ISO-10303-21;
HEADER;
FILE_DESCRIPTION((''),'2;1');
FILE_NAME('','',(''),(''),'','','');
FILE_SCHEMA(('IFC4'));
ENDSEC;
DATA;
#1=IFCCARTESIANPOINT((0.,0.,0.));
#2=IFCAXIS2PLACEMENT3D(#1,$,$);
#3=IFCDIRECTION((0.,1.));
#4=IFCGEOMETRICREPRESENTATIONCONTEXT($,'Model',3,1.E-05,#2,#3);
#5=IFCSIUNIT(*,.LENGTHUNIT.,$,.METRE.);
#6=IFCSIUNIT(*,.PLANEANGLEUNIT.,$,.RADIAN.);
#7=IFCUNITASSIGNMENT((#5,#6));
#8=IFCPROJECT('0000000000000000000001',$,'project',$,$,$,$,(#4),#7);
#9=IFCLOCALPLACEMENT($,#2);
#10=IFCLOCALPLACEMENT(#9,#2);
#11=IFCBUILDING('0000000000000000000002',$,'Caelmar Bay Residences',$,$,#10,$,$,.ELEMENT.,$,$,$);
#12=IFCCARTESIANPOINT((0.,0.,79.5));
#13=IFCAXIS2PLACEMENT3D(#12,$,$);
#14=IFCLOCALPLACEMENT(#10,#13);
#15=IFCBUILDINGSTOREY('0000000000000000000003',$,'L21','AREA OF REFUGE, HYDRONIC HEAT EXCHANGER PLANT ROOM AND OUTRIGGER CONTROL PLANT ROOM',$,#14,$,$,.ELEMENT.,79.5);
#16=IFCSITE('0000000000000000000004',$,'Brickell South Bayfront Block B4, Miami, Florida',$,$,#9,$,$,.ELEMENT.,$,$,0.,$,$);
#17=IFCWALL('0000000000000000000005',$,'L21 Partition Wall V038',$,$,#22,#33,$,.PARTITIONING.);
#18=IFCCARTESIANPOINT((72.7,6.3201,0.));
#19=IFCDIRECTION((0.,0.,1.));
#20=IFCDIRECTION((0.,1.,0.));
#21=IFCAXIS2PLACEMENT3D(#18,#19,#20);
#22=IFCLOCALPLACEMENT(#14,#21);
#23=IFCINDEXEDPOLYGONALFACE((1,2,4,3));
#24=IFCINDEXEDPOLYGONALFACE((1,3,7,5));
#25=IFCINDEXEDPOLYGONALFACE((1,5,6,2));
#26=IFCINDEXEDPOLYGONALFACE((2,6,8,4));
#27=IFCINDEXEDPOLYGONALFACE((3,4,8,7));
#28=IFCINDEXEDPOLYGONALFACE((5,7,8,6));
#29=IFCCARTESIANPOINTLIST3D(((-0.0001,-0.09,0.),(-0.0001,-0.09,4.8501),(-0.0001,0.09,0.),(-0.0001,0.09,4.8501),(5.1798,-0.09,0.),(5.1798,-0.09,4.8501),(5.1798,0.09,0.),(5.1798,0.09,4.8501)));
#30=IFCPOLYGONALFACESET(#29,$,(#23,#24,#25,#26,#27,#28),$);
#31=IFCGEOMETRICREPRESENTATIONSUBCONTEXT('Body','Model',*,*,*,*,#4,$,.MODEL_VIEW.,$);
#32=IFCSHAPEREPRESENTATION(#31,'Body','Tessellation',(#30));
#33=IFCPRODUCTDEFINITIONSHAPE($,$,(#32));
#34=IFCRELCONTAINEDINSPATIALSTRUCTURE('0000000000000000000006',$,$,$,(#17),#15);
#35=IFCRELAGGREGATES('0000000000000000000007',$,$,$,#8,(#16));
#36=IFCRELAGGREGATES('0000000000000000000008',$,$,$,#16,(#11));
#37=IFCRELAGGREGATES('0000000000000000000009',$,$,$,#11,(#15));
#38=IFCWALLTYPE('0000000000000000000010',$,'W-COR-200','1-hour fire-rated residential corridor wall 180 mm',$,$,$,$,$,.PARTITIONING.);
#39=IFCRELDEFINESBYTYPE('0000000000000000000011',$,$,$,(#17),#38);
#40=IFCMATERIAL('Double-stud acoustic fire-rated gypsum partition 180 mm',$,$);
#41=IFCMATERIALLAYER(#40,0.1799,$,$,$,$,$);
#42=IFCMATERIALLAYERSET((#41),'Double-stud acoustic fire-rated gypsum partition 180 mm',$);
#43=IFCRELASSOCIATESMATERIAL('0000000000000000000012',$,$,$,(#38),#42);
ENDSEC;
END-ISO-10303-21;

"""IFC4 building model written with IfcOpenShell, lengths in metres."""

from ifc_helpers import new_model, si_unit, direction, frame, frame_2d, origin, place, context, subcontext, project, spatial, rectangle, extrude, material, layer, layer_set, type_object, element, save


model = new_model("IFC4")

# Units and contexts
model_context = context("Model", 3, precision=1e-05, world=origin(), true_north=direction((0.0, 1.0)))
body_context = subcontext(model_context, "Body", "Model", "MODEL_VIEW")
ifc_project = project(units=[si_unit("LENGTHUNIT", "METRE"), si_unit("PLANEANGLEUNIT", "RADIAN")], contexts=[model_context])

# Site, building, storey
site_placement = place(None, origin())
site = spatial("IfcSite", under=ifc_project, at=site_placement, Name="Brickell South Bayfront Block B4, Miami, Florida", CompositionType="ELEMENT", RefElevation=0.0)
building_placement = place(site_placement, origin())
building = spatial("IfcBuilding", under=site, at=building_placement, Name="Caelmar Bay Residences", CompositionType="ELEMENT")
storey_placement = place(building_placement, frame((0.0, 0.0, 79.5)))
storey = spatial("IfcBuildingStorey", under=building, at=storey_placement, Name="L21", Description="AREA OF REFUGE, HYDRONIC HEAT EXCHANGER PLANT ROOM AND OUTRIGGER CONTROL PLANT ROOM", CompositionType="ELEMENT", Elevation=79.5)

# Wall
ifc_material_1 = material(Name="Double-stud acoustic fire-rated gypsum partition 180 mm")
ifc_layer_1 = layer(ifc_material_1, 0.1799)
ifc_layer_set_1 = layer_set([ifc_layer_1], Name="Double-stud acoustic fire-rated gypsum partition 180 mm")
wall_type_1 = type_object("IfcWallType", Name="W-COR-200", Description="1-hour fire-rated residential corridor wall 180 mm", PredefinedType="PARTITIONING", material=ifc_layer_set_1)
wall_1_placement = place(storey_placement, frame((72.7, 6.3201, 0.0), z_axis=(0.0, 0.0, 1.0), x_axis=(0.0, 1.0, 0.0)))
element("IfcWall", 1, at=wall_1_placement, inside=storey, type_object=wall_type_1, Name="L21 Partition Wall V038", PredefinedType="PARTITIONING", context=body_context, shape_type="SweptSolid", body=[
    extrude(rectangle(XDim=5.1799, YDim=0.1799, at=frame_2d((2.5898, 0.0))), origin(), (0.0, 0.0, 1.0), 4.8501),
])

save(model, "model.ifc")
